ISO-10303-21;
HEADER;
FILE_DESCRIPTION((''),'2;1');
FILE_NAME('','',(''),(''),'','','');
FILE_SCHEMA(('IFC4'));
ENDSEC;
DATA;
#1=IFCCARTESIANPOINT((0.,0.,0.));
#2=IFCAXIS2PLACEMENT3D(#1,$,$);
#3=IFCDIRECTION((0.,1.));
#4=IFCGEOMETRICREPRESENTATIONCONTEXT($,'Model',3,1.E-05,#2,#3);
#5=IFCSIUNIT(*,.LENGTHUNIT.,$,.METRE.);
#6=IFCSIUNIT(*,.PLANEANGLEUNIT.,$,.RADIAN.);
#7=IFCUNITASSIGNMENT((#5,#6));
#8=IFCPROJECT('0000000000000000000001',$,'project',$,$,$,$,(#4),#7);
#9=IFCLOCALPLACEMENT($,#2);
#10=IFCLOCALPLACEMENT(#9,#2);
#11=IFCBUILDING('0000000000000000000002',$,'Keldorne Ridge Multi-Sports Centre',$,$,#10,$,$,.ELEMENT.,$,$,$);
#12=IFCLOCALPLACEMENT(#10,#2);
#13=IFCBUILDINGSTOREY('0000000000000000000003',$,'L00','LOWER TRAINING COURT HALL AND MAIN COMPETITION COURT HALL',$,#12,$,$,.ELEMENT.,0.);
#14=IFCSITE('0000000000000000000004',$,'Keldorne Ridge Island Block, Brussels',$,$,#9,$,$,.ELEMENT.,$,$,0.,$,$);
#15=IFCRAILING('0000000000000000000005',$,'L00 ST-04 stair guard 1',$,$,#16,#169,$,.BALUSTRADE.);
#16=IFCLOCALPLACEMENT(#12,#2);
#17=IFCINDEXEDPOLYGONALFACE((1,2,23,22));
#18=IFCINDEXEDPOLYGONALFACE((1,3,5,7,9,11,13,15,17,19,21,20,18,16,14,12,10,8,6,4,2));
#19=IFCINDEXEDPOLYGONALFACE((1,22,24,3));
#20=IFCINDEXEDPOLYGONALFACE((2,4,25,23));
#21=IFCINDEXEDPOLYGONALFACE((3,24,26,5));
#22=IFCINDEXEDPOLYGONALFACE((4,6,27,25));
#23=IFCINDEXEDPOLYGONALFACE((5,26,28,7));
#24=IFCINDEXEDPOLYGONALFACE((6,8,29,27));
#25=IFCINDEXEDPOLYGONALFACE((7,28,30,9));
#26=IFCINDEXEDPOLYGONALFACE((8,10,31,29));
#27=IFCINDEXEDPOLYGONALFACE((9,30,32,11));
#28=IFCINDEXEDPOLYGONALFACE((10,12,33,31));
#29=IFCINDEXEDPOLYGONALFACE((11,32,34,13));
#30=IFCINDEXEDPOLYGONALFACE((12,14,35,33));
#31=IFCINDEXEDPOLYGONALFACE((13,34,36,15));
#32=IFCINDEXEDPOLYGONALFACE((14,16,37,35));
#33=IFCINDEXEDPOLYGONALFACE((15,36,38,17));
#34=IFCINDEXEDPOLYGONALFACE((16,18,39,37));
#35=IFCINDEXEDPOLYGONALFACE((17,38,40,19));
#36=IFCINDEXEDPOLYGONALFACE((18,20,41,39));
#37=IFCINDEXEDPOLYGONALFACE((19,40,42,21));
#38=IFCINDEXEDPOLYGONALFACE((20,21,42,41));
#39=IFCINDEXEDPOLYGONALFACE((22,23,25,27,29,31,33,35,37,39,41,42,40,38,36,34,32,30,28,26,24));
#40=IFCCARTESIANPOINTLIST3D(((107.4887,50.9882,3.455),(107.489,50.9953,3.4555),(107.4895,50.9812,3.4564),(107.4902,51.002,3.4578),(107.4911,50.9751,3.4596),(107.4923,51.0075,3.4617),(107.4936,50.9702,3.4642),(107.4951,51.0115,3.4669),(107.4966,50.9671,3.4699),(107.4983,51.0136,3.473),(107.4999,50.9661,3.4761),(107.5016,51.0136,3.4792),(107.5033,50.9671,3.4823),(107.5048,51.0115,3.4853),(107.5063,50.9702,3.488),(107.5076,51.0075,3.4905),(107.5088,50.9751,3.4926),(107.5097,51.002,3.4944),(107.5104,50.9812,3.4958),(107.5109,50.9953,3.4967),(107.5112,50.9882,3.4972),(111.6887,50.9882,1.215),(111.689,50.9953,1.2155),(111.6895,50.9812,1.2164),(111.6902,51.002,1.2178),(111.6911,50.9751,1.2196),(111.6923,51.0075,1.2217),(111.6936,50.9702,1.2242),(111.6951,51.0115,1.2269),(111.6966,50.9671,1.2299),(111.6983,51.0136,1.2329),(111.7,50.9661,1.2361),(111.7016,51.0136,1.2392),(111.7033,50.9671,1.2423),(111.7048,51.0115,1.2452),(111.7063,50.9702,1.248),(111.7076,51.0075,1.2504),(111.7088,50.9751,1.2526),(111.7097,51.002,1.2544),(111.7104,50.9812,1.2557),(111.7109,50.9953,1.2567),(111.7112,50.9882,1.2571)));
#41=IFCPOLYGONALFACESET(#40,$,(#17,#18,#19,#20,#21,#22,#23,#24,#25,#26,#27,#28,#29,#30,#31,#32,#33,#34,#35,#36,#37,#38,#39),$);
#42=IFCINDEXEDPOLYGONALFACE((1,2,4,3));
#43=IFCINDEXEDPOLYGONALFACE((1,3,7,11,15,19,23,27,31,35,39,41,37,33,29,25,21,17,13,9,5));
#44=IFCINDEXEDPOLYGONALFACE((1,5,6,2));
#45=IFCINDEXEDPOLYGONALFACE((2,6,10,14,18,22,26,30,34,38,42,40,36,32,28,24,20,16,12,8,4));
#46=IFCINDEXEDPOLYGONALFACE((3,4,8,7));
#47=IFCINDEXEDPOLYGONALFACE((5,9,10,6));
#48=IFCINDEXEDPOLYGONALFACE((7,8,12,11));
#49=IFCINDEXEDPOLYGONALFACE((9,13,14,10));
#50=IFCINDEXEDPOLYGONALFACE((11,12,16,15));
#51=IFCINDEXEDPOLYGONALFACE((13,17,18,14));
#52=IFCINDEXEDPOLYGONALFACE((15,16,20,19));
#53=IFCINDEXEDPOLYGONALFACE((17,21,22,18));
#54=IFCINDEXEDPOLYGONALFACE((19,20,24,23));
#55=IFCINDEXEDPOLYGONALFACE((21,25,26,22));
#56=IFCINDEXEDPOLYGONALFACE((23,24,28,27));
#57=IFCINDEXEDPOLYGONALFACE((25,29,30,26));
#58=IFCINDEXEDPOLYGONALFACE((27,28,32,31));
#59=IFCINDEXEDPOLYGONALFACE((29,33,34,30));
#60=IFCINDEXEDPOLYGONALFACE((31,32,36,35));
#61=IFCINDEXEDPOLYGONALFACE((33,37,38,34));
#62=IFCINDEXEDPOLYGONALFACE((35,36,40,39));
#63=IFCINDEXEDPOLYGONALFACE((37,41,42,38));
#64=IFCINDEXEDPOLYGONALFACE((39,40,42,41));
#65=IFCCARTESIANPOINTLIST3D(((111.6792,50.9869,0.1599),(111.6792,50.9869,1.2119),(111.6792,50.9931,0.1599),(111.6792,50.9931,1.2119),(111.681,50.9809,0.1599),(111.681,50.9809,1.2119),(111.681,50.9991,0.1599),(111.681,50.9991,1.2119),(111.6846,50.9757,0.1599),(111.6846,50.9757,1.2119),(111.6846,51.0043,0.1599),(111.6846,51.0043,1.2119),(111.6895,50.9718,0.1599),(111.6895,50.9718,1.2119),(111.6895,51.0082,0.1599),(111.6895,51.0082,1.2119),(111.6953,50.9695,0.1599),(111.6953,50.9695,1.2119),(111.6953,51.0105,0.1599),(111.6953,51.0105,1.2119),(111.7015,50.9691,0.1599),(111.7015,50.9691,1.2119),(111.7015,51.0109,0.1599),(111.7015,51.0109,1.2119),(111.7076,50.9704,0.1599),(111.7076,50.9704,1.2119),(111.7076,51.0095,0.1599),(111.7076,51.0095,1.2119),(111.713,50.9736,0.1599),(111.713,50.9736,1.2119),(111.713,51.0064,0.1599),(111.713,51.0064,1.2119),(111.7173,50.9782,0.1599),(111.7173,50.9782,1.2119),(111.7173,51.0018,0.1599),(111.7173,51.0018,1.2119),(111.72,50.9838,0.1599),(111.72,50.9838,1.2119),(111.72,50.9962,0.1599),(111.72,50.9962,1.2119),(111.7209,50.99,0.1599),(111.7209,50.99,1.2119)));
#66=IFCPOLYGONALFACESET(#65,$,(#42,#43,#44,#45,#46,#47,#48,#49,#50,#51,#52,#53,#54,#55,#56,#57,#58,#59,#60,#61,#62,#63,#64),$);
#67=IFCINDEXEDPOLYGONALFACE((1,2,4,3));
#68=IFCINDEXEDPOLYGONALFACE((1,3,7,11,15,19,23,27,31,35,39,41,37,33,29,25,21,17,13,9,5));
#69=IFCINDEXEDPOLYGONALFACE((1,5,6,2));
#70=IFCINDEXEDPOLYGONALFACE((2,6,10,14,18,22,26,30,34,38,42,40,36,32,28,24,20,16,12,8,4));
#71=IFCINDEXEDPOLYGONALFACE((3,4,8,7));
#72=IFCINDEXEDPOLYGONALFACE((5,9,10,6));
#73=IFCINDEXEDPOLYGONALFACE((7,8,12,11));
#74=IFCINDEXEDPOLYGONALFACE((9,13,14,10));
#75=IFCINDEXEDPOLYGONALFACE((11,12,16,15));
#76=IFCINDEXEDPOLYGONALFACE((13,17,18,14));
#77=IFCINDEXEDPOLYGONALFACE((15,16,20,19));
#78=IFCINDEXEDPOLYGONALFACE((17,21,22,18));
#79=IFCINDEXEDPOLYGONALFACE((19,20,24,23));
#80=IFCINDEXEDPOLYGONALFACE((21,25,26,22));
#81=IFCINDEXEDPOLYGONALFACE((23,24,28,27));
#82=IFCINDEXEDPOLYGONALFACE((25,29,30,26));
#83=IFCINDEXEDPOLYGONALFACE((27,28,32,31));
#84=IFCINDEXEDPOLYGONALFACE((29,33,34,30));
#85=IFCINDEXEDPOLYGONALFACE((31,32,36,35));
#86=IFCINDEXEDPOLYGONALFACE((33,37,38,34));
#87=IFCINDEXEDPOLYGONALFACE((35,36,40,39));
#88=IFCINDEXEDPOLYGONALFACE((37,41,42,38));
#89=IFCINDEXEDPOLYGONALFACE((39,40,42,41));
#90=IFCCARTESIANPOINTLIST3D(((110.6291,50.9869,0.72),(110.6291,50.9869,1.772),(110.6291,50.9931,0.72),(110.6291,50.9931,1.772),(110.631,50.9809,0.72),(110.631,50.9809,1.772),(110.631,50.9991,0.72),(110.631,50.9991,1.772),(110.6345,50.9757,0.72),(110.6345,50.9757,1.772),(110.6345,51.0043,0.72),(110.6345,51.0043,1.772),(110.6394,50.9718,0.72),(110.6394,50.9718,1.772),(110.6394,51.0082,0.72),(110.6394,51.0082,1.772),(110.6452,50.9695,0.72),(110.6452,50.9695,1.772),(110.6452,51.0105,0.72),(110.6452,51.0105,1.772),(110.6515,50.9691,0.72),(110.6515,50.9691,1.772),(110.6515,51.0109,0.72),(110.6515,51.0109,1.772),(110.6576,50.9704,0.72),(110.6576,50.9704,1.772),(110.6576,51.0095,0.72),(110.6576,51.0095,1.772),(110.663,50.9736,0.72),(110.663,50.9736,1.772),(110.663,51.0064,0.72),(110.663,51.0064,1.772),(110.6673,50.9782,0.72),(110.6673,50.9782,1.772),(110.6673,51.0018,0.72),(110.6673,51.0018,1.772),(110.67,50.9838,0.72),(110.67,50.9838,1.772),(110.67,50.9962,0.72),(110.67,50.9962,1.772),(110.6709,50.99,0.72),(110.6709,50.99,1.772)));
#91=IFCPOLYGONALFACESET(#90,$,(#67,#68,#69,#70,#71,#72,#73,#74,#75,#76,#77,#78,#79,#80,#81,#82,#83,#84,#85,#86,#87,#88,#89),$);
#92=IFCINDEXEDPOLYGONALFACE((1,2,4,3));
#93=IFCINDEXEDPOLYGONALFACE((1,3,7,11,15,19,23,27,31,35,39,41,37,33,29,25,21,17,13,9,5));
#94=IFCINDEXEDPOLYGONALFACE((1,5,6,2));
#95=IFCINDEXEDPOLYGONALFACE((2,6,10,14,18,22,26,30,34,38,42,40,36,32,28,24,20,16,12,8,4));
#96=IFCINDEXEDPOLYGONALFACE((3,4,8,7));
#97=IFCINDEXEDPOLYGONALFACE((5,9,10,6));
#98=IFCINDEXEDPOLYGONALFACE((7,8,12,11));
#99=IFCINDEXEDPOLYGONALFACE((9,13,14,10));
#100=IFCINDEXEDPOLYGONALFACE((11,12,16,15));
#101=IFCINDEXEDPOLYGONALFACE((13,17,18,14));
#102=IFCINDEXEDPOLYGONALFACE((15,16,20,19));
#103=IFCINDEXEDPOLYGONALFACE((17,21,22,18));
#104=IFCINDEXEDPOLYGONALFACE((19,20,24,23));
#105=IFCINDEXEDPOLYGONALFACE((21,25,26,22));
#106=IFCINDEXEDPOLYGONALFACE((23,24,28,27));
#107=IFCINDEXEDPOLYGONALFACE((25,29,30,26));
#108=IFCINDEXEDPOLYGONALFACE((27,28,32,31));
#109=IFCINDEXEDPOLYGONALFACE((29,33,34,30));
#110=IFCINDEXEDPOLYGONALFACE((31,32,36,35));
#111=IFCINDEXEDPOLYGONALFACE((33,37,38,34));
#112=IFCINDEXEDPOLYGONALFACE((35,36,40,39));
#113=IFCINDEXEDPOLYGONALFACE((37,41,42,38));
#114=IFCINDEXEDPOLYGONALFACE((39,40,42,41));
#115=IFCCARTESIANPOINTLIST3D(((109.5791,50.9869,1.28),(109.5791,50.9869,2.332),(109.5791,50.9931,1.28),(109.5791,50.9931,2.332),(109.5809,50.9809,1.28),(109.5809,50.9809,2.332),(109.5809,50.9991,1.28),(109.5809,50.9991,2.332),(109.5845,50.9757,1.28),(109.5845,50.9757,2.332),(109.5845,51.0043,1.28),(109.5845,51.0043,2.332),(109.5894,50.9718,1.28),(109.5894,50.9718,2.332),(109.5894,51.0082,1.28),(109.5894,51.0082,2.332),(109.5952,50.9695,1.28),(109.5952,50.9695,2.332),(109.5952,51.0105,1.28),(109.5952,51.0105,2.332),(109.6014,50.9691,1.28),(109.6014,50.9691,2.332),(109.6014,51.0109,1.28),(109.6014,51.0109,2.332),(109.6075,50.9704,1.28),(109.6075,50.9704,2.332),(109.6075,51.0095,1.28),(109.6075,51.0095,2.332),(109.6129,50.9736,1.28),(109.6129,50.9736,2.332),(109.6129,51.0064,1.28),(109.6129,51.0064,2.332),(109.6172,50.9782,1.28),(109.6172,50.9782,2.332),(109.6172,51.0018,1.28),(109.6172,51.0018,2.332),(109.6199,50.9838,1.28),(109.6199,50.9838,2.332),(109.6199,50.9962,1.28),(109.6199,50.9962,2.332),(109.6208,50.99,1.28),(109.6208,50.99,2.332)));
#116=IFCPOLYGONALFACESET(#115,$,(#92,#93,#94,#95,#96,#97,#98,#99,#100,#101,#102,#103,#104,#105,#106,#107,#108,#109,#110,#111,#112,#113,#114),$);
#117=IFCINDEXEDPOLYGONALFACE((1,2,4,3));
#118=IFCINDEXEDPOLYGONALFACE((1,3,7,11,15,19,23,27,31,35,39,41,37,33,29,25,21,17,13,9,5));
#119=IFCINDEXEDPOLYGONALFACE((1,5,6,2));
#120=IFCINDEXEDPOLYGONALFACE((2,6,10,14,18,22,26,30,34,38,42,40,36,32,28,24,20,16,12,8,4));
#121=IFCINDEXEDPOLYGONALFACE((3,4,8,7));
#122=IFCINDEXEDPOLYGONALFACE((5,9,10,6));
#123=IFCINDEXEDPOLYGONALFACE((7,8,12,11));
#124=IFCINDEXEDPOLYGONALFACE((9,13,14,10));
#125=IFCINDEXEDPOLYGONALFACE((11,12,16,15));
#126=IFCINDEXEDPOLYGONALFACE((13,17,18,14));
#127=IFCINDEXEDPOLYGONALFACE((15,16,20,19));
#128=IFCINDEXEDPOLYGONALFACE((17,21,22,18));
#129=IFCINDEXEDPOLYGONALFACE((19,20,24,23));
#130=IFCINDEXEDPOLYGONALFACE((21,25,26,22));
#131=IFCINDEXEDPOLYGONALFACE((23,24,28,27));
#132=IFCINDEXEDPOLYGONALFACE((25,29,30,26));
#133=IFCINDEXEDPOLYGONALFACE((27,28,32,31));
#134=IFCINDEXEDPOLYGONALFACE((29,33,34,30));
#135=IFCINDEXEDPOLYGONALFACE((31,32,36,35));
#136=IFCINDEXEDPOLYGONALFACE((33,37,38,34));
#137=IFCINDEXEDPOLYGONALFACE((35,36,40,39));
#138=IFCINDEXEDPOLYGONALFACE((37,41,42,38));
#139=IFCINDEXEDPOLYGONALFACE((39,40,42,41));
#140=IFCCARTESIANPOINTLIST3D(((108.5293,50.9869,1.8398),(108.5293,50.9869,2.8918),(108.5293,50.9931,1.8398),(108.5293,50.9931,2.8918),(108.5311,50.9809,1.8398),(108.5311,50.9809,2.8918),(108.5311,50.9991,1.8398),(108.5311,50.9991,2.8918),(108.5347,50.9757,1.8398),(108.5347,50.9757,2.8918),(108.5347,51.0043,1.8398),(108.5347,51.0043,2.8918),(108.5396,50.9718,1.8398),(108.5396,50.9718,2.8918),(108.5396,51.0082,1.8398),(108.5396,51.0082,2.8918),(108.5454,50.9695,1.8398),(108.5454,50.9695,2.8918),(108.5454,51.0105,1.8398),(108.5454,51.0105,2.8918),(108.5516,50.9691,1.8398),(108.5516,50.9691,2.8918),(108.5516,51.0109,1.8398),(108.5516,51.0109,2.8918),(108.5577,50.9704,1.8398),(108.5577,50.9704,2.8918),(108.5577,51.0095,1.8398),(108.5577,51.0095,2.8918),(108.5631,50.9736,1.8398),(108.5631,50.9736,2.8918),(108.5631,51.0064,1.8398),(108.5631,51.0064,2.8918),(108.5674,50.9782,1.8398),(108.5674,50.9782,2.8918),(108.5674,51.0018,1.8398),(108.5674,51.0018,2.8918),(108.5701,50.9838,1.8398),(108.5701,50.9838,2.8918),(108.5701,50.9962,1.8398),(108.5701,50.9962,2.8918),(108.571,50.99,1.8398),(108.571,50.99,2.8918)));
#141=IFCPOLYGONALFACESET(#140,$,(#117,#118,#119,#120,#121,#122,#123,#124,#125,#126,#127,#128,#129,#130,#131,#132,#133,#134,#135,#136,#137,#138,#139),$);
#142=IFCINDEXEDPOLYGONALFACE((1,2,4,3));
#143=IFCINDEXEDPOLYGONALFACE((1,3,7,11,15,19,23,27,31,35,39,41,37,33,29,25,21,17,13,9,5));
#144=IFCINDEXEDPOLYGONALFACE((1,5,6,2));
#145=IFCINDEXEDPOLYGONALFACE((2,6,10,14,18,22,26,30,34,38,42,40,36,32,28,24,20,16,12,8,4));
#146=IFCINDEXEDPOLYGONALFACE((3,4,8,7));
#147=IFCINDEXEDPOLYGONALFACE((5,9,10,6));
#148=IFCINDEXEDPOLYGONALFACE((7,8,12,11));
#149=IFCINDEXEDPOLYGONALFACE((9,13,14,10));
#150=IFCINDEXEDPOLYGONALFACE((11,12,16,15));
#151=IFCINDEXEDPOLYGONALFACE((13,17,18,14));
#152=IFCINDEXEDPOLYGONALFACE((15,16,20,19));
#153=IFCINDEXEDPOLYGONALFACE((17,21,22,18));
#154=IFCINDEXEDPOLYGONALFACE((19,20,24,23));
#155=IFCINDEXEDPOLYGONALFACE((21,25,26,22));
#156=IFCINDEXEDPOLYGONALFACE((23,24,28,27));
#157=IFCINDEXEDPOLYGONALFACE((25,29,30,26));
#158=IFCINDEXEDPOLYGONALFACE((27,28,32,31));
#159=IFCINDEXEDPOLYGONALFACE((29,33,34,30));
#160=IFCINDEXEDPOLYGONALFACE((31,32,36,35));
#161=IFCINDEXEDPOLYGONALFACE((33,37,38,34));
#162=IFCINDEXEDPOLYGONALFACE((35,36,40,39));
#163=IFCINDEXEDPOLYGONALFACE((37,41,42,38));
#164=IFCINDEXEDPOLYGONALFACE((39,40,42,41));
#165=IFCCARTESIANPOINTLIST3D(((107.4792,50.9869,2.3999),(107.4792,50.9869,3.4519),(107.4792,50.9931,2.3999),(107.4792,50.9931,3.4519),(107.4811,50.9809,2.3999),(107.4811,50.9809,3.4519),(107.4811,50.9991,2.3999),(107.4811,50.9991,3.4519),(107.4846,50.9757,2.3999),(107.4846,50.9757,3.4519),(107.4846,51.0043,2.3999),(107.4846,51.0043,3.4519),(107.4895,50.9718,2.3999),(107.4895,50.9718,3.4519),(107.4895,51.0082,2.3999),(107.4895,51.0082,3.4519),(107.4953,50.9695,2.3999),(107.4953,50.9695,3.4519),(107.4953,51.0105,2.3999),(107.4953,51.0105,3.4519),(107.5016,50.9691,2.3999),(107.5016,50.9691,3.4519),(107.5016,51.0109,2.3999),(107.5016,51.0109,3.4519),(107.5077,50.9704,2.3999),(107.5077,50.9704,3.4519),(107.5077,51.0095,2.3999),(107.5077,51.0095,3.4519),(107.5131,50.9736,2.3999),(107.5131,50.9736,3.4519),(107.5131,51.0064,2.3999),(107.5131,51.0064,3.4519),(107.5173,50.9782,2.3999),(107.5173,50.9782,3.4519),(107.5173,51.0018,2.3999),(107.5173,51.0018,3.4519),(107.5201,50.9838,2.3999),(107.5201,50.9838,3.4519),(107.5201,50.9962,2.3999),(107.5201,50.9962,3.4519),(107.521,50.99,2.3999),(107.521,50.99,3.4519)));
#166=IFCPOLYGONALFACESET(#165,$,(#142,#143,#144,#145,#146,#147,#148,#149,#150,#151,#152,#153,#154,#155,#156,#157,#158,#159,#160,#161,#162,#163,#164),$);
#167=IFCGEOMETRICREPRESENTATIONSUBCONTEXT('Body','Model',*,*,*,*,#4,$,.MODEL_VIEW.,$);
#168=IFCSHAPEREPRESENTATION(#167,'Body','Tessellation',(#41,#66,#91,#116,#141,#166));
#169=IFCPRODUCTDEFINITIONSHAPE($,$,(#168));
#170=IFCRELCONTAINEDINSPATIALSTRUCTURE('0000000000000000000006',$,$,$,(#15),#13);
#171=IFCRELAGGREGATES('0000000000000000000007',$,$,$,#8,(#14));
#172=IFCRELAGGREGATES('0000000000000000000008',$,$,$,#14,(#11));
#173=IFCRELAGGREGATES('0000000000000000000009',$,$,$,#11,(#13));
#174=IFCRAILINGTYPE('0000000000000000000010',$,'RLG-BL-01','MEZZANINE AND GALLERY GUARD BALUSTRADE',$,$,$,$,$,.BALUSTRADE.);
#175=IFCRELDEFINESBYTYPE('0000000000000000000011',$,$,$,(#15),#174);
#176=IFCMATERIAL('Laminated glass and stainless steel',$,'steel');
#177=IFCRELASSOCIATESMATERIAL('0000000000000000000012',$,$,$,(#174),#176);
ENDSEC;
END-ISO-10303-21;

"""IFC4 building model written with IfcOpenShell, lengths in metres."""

from ifc_helpers import new_model, si_unit, direction, frame, origin, origin_2d, place, context, subcontext, project, spatial, circle, extrude, material, type_object, element, save


model = new_model("IFC4")

# Units and contexts
model_context = context("Model", 3, precision=1e-05, world=origin(), true_north=direction((0.0, 1.0)))
body_context = subcontext(model_context, "Body", "Model", "MODEL_VIEW")
ifc_project = project(units=[si_unit("LENGTHUNIT", "METRE"), si_unit("PLANEANGLEUNIT", "RADIAN")], contexts=[model_context])

# Site, building, storey
site_placement = place(None, origin())
site = spatial("IfcSite", under=ifc_project, at=site_placement, Name="Keldorne Ridge Island Block, Brussels", CompositionType="ELEMENT", RefElevation=0.0)
building_placement = place(site_placement, origin())
building = spatial("IfcBuilding", under=site, at=building_placement, Name="Keldorne Ridge Multi-Sports Centre", CompositionType="ELEMENT")
storey_placement = place(building_placement, origin())
storey = spatial("IfcBuildingStorey", under=building, at=storey_placement, Name="L00", Description="LOWER TRAINING COURT HALL AND MAIN COMPETITION COURT HALL", CompositionType="ELEMENT", Elevation=0.0)

# Railing
ifc_material_1 = material(Name="Laminated glass and stainless steel", Category="steel")
railing_type_1 = type_object("IfcRailingType", Name="RLG-BL-01", Description="MEZZANINE AND GALLERY GUARD BALUSTRADE", PredefinedType="BALUSTRADE", material=ifc_material_1)
railing_1_placement = place(storey_placement, frame((111.7, 50.99, 0.1599)))
element("IfcRailing", 1, at=railing_1_placement, inside=storey, type_object=railing_type_1, Name="L00 ST-04 stair guard 1", PredefinedType="BALUSTRADE", context=body_context, shape_type="SweptSolid", body=[
    extrude(circle(Radius=0.0239, at=origin_2d()), frame((0.0, 0.0, 1.0762), z_axis=(-0.882352, 0.0, 0.470591), x_axis=(0.0, -1.0, 0.0)), (0.0, 0.0, 1.0), 4.76),
    extrude(circle(Radius=0.021, at=origin_2d()), origin(), (0.0, 0.0, 1.0), 1.052),
    extrude(circle(Radius=0.021, at=origin_2d()), frame((-1.05, 0.0, 0.5601)), (0.0, 0.0, 1.0), 1.052),
    extrude(circle(Radius=0.021, at=origin_2d()), frame((-2.1001, 0.0, 1.1201)), (0.0, 0.0, 1.0), 1.052),
    extrude(circle(Radius=0.021, at=origin_2d()), frame((-3.1499, 0.0, 1.6799)), (0.0, 0.0, 1.0), 1.052),
    extrude(circle(Radius=0.021, at=origin_2d()), frame((-4.2, 0.0, 2.24)), (0.0, 0.0, 1.0), 1.052),
])

save(model, "model.ifc")
